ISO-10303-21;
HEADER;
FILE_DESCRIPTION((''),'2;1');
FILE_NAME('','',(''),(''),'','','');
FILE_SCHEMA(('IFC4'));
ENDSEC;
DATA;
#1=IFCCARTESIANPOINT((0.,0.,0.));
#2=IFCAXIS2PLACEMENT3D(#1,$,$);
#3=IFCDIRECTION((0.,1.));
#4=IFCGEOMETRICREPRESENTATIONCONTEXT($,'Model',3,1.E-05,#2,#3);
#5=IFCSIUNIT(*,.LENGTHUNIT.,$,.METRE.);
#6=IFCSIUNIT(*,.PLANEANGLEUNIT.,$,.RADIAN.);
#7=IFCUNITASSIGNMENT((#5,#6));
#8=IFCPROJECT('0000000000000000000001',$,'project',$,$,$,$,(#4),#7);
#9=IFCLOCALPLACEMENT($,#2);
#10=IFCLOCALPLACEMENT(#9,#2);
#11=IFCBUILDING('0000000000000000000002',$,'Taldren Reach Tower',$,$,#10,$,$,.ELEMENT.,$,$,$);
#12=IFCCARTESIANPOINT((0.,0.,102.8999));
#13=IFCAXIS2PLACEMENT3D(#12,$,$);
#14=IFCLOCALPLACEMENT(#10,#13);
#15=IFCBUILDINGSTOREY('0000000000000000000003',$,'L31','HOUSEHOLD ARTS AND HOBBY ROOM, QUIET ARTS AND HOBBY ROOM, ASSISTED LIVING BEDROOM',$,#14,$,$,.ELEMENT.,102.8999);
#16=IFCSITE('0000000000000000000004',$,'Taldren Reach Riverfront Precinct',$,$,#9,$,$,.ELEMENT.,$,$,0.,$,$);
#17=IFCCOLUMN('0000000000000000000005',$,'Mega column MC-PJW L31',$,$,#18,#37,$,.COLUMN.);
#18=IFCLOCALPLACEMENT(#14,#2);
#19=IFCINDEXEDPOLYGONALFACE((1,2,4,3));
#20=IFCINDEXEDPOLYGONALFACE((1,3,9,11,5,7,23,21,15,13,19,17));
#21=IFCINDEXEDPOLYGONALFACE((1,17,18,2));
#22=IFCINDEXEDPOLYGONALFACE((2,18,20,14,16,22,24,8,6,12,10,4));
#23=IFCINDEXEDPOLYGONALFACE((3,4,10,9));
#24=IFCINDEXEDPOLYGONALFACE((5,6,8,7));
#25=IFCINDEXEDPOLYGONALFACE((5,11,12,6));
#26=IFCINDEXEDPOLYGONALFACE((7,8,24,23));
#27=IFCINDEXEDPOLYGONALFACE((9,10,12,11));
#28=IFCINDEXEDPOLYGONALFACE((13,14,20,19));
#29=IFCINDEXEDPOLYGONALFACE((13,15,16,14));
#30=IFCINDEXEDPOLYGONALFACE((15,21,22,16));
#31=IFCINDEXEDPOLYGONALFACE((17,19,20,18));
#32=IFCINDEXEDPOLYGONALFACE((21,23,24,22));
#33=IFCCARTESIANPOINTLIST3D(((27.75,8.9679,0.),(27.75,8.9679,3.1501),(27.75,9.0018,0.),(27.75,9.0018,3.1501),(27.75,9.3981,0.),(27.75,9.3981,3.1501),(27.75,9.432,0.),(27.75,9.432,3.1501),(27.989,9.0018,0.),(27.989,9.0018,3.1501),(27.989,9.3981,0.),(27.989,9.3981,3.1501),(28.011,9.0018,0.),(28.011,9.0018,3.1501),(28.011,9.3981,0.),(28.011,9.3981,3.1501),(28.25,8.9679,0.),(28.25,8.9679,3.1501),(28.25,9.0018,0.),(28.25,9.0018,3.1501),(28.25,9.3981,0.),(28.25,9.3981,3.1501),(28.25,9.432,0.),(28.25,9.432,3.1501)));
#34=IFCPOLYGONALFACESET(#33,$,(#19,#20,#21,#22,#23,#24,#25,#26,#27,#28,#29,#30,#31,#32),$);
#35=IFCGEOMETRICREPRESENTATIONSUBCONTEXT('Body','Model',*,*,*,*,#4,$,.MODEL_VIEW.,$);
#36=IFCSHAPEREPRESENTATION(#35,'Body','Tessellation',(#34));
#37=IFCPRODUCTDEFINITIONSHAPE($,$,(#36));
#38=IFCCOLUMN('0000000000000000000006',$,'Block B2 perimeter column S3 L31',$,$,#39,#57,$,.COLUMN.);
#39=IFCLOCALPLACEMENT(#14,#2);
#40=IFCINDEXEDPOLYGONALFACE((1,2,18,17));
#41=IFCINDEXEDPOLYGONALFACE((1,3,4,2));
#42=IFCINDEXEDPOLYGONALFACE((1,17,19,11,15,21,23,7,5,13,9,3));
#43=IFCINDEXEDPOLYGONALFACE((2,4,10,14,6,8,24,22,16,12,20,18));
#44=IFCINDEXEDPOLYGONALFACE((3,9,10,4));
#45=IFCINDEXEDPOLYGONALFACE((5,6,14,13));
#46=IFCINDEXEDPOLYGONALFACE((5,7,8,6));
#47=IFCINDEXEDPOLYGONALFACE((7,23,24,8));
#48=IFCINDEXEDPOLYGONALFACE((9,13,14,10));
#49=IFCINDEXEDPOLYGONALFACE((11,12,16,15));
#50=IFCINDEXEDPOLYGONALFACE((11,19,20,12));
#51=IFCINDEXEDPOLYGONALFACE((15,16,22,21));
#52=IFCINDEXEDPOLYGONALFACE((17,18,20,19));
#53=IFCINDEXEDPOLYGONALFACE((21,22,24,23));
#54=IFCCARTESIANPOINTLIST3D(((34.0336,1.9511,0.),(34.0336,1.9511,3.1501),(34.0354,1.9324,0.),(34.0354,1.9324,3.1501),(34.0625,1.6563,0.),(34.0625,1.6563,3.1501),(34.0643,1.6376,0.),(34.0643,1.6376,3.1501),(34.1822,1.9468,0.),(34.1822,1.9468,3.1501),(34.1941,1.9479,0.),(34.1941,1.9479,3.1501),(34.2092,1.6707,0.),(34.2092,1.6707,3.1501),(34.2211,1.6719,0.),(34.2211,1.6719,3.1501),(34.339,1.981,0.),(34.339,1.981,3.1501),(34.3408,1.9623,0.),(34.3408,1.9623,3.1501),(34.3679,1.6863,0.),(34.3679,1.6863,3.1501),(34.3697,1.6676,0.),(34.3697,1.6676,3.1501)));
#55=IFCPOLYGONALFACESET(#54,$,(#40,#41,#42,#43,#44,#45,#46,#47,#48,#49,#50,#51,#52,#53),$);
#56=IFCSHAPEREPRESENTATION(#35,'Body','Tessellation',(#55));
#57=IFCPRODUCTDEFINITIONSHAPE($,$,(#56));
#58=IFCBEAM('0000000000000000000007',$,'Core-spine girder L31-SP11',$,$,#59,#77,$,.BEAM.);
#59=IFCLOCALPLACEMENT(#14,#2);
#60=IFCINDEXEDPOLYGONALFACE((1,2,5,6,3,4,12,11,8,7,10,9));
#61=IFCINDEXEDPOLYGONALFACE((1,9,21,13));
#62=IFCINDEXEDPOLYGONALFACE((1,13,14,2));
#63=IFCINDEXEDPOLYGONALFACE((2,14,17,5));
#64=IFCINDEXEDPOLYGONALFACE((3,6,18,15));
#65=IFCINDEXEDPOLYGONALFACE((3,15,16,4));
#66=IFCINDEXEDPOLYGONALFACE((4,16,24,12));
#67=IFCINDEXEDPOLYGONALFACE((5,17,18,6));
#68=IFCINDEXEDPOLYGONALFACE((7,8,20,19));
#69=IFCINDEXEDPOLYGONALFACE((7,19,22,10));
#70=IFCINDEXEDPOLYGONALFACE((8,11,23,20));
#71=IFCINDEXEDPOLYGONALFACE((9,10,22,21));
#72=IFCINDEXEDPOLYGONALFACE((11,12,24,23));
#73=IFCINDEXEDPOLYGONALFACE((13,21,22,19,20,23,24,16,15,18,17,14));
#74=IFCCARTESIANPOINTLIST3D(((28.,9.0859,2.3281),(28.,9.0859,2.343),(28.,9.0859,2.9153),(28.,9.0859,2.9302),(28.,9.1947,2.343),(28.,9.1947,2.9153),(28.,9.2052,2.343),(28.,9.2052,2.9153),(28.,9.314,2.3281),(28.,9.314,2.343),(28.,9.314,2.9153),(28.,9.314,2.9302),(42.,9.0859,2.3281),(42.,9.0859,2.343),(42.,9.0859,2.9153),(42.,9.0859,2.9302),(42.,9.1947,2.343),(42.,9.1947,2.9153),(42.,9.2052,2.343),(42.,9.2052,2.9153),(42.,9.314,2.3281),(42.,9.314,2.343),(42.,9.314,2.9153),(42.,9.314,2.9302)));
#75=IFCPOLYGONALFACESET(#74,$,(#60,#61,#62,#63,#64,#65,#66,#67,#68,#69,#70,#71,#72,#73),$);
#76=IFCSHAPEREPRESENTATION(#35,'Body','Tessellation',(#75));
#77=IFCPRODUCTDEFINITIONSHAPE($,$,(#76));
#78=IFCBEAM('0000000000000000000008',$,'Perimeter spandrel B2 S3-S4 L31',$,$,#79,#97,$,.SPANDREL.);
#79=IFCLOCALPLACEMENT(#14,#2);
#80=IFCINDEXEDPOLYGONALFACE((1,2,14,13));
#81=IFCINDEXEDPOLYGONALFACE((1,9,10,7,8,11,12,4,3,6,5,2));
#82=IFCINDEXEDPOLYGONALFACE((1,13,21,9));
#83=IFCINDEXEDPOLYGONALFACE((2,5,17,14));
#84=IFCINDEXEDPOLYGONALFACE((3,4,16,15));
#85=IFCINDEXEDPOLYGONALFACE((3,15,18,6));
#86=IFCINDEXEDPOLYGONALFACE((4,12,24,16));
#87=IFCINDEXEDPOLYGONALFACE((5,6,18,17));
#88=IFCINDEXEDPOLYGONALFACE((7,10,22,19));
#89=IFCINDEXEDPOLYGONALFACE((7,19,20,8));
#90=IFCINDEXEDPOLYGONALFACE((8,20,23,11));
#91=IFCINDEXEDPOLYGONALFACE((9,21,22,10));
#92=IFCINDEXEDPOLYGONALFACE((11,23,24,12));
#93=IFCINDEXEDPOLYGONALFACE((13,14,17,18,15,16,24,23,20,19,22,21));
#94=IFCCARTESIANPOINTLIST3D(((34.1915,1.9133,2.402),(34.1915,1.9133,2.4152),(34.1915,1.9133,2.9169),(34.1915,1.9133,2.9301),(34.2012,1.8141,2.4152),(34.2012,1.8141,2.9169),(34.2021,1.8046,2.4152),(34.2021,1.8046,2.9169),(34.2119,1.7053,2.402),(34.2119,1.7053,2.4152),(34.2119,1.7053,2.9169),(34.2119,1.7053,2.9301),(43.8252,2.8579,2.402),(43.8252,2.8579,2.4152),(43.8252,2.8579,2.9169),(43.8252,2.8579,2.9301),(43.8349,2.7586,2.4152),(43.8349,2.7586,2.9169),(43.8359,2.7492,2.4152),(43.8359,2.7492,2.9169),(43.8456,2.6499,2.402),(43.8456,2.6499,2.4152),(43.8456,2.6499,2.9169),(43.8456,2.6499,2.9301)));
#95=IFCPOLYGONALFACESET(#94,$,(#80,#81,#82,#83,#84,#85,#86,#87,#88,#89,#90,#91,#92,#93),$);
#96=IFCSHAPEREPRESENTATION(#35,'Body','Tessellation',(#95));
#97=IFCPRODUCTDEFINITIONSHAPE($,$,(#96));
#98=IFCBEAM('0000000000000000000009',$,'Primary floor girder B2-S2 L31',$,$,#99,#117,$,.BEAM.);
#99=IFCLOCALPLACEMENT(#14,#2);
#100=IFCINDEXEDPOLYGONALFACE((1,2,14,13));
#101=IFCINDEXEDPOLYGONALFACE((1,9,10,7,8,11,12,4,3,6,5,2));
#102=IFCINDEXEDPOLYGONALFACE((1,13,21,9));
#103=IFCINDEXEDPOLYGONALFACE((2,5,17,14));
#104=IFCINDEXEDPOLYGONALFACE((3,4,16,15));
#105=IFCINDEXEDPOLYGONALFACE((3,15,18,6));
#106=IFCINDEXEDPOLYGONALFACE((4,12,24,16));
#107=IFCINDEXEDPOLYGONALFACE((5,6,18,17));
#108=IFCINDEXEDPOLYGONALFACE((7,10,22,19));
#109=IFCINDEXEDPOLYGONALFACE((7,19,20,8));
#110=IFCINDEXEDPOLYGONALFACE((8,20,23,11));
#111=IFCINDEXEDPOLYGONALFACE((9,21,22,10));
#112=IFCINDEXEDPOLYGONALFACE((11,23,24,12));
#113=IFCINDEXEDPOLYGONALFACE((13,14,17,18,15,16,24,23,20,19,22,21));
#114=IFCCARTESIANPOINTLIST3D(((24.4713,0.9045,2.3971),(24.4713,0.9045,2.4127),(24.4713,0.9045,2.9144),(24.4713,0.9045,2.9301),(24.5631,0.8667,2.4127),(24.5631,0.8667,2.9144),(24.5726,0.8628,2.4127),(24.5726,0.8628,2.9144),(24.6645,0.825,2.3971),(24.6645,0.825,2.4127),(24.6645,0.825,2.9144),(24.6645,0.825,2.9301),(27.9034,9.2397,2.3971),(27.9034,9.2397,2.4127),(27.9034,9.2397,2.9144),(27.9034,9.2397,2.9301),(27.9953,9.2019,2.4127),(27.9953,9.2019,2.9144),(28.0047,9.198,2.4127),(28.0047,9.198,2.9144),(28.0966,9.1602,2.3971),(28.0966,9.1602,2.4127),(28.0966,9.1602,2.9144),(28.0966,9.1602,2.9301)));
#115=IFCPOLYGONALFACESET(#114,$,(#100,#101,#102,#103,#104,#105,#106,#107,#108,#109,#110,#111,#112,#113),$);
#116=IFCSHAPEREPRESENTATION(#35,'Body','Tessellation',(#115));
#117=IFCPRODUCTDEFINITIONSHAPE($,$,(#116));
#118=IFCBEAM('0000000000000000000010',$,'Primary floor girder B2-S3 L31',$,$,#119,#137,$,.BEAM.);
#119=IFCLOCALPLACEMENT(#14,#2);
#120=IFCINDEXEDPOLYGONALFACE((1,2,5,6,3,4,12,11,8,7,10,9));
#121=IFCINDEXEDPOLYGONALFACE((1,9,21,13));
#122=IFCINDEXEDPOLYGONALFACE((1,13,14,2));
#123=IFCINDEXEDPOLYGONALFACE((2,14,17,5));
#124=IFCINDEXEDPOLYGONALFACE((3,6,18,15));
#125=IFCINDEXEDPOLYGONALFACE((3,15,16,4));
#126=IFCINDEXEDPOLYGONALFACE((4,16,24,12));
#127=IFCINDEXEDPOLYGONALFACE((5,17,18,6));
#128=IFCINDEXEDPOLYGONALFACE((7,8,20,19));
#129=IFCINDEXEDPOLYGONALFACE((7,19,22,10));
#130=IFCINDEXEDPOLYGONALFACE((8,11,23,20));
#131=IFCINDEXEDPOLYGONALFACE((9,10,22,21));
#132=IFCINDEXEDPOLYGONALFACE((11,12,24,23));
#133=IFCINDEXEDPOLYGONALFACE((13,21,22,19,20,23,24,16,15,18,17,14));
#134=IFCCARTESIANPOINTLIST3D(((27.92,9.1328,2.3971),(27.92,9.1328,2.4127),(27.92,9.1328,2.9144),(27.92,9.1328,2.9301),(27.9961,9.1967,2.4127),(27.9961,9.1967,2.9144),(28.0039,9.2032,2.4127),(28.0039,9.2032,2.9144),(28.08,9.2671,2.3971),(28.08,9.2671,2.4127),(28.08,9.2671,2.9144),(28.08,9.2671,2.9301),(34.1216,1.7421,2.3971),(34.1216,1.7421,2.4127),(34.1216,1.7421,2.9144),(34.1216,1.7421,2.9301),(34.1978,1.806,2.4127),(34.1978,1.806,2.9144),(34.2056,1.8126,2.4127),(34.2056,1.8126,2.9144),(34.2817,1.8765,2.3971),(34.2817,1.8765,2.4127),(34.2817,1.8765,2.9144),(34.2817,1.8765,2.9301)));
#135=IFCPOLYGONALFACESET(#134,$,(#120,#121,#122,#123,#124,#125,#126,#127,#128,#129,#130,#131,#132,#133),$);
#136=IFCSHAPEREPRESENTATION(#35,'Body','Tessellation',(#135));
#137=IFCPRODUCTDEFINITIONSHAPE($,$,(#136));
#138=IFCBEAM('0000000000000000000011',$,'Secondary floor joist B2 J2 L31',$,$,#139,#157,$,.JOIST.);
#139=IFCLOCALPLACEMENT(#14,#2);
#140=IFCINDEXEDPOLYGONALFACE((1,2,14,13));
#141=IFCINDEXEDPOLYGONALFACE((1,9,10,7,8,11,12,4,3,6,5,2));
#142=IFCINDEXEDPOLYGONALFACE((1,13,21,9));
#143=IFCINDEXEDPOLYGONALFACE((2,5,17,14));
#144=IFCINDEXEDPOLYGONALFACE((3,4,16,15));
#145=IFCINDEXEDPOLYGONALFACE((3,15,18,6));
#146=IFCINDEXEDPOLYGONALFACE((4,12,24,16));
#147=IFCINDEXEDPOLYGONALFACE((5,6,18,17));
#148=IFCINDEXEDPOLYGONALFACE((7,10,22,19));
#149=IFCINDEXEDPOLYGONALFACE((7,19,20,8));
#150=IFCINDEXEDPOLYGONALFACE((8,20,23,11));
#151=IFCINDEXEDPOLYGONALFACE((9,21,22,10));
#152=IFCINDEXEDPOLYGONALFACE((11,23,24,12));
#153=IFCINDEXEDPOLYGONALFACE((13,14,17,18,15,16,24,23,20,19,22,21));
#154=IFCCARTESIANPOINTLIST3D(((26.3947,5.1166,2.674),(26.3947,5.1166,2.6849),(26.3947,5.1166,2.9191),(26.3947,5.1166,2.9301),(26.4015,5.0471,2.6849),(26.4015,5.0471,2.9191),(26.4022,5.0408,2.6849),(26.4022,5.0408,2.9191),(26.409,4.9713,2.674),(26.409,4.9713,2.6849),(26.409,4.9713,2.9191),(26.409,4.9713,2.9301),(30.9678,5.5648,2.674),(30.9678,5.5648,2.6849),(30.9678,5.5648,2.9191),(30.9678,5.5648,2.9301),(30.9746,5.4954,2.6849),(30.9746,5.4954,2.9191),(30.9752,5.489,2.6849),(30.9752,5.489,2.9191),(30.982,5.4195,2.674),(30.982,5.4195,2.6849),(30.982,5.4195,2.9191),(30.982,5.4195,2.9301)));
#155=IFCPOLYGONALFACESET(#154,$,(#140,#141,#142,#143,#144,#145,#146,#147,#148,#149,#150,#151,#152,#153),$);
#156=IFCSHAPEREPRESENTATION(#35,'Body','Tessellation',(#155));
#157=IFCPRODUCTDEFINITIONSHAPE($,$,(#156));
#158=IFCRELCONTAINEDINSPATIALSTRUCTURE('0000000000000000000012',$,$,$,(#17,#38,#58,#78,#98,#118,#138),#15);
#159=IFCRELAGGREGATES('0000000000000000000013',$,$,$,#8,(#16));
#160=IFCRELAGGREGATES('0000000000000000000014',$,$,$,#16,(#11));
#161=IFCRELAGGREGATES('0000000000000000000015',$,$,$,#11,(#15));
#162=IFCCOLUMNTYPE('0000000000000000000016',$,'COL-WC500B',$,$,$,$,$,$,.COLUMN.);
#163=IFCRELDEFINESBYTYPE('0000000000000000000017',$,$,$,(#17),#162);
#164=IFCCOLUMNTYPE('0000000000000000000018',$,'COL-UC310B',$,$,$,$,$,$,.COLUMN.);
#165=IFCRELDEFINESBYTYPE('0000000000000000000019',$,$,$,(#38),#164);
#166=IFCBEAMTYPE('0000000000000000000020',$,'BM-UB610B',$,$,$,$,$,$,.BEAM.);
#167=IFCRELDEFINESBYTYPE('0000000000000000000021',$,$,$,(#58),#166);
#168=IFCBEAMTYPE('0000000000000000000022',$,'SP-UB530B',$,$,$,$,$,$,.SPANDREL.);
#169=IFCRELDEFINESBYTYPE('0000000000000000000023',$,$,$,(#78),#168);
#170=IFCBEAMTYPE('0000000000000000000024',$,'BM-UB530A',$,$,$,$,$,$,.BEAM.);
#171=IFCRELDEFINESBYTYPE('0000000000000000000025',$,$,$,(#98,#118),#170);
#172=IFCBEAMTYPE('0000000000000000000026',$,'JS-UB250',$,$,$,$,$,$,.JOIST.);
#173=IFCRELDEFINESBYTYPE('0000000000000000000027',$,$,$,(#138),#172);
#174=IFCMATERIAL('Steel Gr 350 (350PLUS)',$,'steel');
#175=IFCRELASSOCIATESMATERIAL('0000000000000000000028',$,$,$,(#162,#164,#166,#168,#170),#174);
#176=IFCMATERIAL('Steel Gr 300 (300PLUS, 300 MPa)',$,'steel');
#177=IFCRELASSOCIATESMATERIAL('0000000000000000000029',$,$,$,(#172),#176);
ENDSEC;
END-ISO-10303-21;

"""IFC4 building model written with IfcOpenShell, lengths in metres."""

from ifc_helpers import new_model, si_unit, direction, frame, origin, origin_2d, place, context, subcontext, project, spatial, i_section, extrude, source, transform, mapped, material, material_profile, profile_set, type_object, element, save


model = new_model("IFC4")

# Units and contexts
model_context = context("Model", 3, precision=1e-05, world=origin(), true_north=direction((0.0, 1.0)))
body_context = subcontext(model_context, "Body", "Model", "MODEL_VIEW")
ifc_project = project(units=[si_unit("LENGTHUNIT", "METRE"), si_unit("PLANEANGLEUNIT", "RADIAN")], contexts=[model_context])

# Site, building, storey
site_placement = place(None, origin())
site = spatial("IfcSite", under=ifc_project, at=site_placement, Name="Taldren Reach Riverfront Precinct", CompositionType="ELEMENT", RefElevation=0.0)
building_placement = place(site_placement, origin())
building = spatial("IfcBuilding", under=site, at=building_placement, Name="Taldren Reach Tower", CompositionType="ELEMENT")
storey_placement = place(building_placement, frame((0.0, 0.0, 102.8999)))
storey = spatial("IfcBuildingStorey", under=building, at=storey_placement, Name="L31", Description="HOUSEHOLD ARTS AND HOBBY ROOM, QUIET ARTS AND HOBBY ROOM, ASSISTED LIVING BEDROOM", CompositionType="ELEMENT", Elevation=102.8999)

# Columns
ifc_material_1 = material(Name="Steel Gr 350 (350PLUS)", Category="steel")
ifc_material_profile_1 = material_profile(ifc_material_1, i_section(OverallWidth=0.5, OverallDepth=0.4641, WebThickness=0.022, FlangeThickness=0.0339, at=origin_2d()), Name="500WC340")
ifc_profile_set_1 = profile_set([ifc_material_profile_1], Name="Steel Gr 350 (350PLUS)")
column_type_1 = type_object("IfcColumnType", Name="COL-WC500B", PredefinedType="COLUMN", material=ifc_profile_set_1)
shared_shape_1 = source(origin(), body_context, "Body", "SweptSolid", [
    extrude(i_section(OverallWidth=0.5, OverallDepth=0.4641, WebThickness=0.022, FlangeThickness=0.0339, at=origin_2d()), origin(), (0.0, 0.0, 1.0), 3.1501),
])
column_1_placement = place(storey_placement, frame((28.0, 9.2, 0.0), z_axis=(0.0, 0.0, 1.0), x_axis=(1.0, 0.0, 0.0)))
element("IfcColumn", 1, at=column_1_placement, inside=storey, type_object=column_type_1, Name="Mega column MC-PJW L31", PredefinedType="COLUMN", context=body_context, shape_type="MappedRepresentation", body=[
    mapped(shared_shape_1, transform((0.0, 0.0, 0.0), scale=1.0)),
])
ifc_material_profile_2 = material_profile(ifc_material_1, i_section(OverallWidth=0.3069, OverallDepth=0.3149, WebThickness=0.012, FlangeThickness=0.0188, at=origin_2d()), Name="310UC118")
ifc_profile_set_2 = profile_set([ifc_material_profile_2], Name="Steel Gr 350 (350PLUS)")
column_type_2 = type_object("IfcColumnType", Name="COL-UC310B", PredefinedType="COLUMN", material=ifc_profile_set_2)
shared_shape_2 = source(origin(), body_context, "Body", "SweptSolid", [
    extrude(i_section(OverallWidth=0.3069, OverallDepth=0.3149, WebThickness=0.012, FlangeThickness=0.0188, at=origin_2d()), origin(), (0.0, 0.0, 1.0), 3.1501),
])
column_2_placement = place(storey_placement, frame((34.2017, 1.8093, 0.0), z_axis=(0.0, 0.0, 1.0), x_axis=(0.995227, 0.097583, 0.0)))
element("IfcColumn", 2, at=column_2_placement, inside=storey, type_object=column_type_2, Name="Block B2 perimeter column S3 L31", PredefinedType="COLUMN", context=body_context, shape_type="MappedRepresentation", body=[
    mapped(shared_shape_2, transform((0.0, 0.0, 0.0), scale=1.0)),
])

# Beams
ifc_material_profile_3 = material_profile(ifc_material_1, i_section(OverallWidth=0.228, OverallDepth=0.6021, WebThickness=0.0105, FlangeThickness=0.0149, at=origin_2d()), Name="610UB101")
ifc_profile_set_3 = profile_set([ifc_material_profile_3], Name="Steel Gr 350 (350PLUS)")
beam_type_1 = type_object("IfcBeamType", Name="BM-UB610B", PredefinedType="BEAM", material=ifc_profile_set_3)
shared_shape_3 = source(origin(), body_context, "Body", "SweptSolid", [
    extrude(i_section(OverallWidth=0.228, OverallDepth=0.6021, WebThickness=0.0105, FlangeThickness=0.0149, at=origin_2d()), origin(), (0.0, 0.0, 1.0), 14.0),
])
beam_1_placement = place(storey_placement, frame((28.0, 9.2, 2.6292), z_axis=(1.0, 0.0, 0.0), x_axis=(0.0, 1.0, 0.0)))
element("IfcBeam", 3, at=beam_1_placement, inside=storey, type_object=beam_type_1, Name="Core-spine girder L31-SP11", PredefinedType="BEAM", context=body_context, shape_type="MappedRepresentation", body=[
    mapped(shared_shape_3, transform((0.0, 0.0, 0.0), scale=1.0)),
])
ifc_material_profile_4 = material_profile(ifc_material_1, i_section(OverallWidth=0.209, OverallDepth=0.5281, WebThickness=0.0095, FlangeThickness=0.0132, at=origin_2d()), Name="530UB82.0")
ifc_profile_set_4 = profile_set([ifc_material_profile_4], Name="Steel Gr 350 (350PLUS)")
beam_type_2 = type_object("IfcBeamType", Name="SP-UB530B", PredefinedType="SPANDREL", material=ifc_profile_set_4)
shared_shape_4 = source(origin(), body_context, "Body", "SweptSolid", [
    extrude(i_section(OverallWidth=0.209, OverallDepth=0.5281, WebThickness=0.0095, FlangeThickness=0.0132, at=origin_2d()), origin(), (0.0, 0.0, 1.0), 9.6799),
])
beam_2_placement = place(storey_placement, frame((34.2017, 1.8093, 2.666), z_axis=(0.995228, 0.097581, 0.0), x_axis=(-0.097581, 0.995228, 0.0)))
element("IfcBeam", 4, at=beam_2_placement, inside=storey, type_object=beam_type_2, Name="Perimeter spandrel B2 S3-S4 L31", PredefinedType="SPANDREL", context=body_context, shape_type="MappedRepresentation", body=[
    mapped(shared_shape_4, transform((0.0, 0.0, 0.0), scale=1.0)),
])
ifc_material_profile_5 = material_profile(ifc_material_1, i_section(OverallWidth=0.209, OverallDepth=0.533, WebThickness=0.0103, FlangeThickness=0.0156, at=origin_2d()), Name="530UB92.4")
ifc_profile_set_5 = profile_set([ifc_material_profile_5], Name="Steel Gr 350 (350PLUS)")
beam_type_3 = type_object("IfcBeamType", Name="BM-UB530A", PredefinedType="BEAM", material=ifc_profile_set_5)
shared_shape_5 = source(origin(), body_context, "Body", "SweptSolid", [
    extrude(i_section(OverallWidth=0.209, OverallDepth=0.533, WebThickness=0.0103, FlangeThickness=0.0156, at=origin_2d()), origin(), (0.0, 0.0, 1.0), 9.0142),
])
beam_3_placement = place(storey_placement, frame((28.0, 9.2, 2.6636), z_axis=(-0.380748, -0.924679, 0.0), x_axis=(0.924679, -0.380748, 0.0)))
element("IfcBeam", 5, at=beam_3_placement, inside=storey, type_object=beam_type_3, Name="Primary floor girder B2-S2 L31", PredefinedType="BEAM", context=body_context, shape_type="MappedRepresentation", body=[
    mapped(shared_shape_5, transform((0.0, 0.0, 0.0), scale=1.0)),
])
shared_shape_6 = source(origin(), body_context, "Body", "SweptSolid", [
    extrude(i_section(OverallWidth=0.209, OverallDepth=0.533, WebThickness=0.0103, FlangeThickness=0.0156, at=origin_2d()), origin(), (0.0, 0.0, 1.0), 9.6479),
])
beam_4_placement = place(storey_placement, frame((28.0, 9.2, 2.6636), z_axis=(0.642799, -0.766035, 0.0), x_axis=(0.766035, 0.642799, 0.0)))
element("IfcBeam", 6, at=beam_4_placement, inside=storey, type_object=beam_type_3, Name="Primary floor girder B2-S3 L31", PredefinedType="BEAM", context=body_context, shape_type="MappedRepresentation", body=[
    mapped(shared_shape_6, transform((0.0, 0.0, 0.0), scale=1.0)),
])
ifc_material_2 = material(Name="Steel Gr 300 (300PLUS, 300 MPa)", Category="steel")
ifc_material_profile_6 = material_profile(ifc_material_2, i_section(OverallWidth=0.146, OverallDepth=0.2561, WebThickness=0.0063, FlangeThickness=0.011, at=origin_2d()), Name="250UB37.3")
ifc_profile_set_6 = profile_set([ifc_material_profile_6], Name="Steel Gr 300 (300PLUS, 300 MPa)")
beam_type_4 = type_object("IfcBeamType", Name="JS-UB250", PredefinedType="JOIST", material=ifc_profile_set_6)
shared_shape_7 = source(origin(), body_context, "Body", "SweptSolid", [
    extrude(i_section(OverallWidth=0.146, OverallDepth=0.2561, WebThickness=0.0063, FlangeThickness=0.011, at=origin_2d()), origin(), (0.0, 0.0, 1.0), 4.595),
])
beam_5_placement = place(storey_placement, frame((26.4019, 5.0439, 2.802), z_axis=(0.99523, 0.097552, 0.0), x_axis=(-0.097552, 0.99523, 0.0)))
element("IfcBeam", 7, at=beam_5_placement, inside=storey, type_object=beam_type_4, Name="Secondary floor joist B2 J2 L31", PredefinedType="JOIST", context=body_context, shape_type="MappedRepresentation", body=[
    mapped(shared_shape_7, transform((0.0, 0.0, 0.0), scale=1.0)),
])

save(model, "model.ifc")
